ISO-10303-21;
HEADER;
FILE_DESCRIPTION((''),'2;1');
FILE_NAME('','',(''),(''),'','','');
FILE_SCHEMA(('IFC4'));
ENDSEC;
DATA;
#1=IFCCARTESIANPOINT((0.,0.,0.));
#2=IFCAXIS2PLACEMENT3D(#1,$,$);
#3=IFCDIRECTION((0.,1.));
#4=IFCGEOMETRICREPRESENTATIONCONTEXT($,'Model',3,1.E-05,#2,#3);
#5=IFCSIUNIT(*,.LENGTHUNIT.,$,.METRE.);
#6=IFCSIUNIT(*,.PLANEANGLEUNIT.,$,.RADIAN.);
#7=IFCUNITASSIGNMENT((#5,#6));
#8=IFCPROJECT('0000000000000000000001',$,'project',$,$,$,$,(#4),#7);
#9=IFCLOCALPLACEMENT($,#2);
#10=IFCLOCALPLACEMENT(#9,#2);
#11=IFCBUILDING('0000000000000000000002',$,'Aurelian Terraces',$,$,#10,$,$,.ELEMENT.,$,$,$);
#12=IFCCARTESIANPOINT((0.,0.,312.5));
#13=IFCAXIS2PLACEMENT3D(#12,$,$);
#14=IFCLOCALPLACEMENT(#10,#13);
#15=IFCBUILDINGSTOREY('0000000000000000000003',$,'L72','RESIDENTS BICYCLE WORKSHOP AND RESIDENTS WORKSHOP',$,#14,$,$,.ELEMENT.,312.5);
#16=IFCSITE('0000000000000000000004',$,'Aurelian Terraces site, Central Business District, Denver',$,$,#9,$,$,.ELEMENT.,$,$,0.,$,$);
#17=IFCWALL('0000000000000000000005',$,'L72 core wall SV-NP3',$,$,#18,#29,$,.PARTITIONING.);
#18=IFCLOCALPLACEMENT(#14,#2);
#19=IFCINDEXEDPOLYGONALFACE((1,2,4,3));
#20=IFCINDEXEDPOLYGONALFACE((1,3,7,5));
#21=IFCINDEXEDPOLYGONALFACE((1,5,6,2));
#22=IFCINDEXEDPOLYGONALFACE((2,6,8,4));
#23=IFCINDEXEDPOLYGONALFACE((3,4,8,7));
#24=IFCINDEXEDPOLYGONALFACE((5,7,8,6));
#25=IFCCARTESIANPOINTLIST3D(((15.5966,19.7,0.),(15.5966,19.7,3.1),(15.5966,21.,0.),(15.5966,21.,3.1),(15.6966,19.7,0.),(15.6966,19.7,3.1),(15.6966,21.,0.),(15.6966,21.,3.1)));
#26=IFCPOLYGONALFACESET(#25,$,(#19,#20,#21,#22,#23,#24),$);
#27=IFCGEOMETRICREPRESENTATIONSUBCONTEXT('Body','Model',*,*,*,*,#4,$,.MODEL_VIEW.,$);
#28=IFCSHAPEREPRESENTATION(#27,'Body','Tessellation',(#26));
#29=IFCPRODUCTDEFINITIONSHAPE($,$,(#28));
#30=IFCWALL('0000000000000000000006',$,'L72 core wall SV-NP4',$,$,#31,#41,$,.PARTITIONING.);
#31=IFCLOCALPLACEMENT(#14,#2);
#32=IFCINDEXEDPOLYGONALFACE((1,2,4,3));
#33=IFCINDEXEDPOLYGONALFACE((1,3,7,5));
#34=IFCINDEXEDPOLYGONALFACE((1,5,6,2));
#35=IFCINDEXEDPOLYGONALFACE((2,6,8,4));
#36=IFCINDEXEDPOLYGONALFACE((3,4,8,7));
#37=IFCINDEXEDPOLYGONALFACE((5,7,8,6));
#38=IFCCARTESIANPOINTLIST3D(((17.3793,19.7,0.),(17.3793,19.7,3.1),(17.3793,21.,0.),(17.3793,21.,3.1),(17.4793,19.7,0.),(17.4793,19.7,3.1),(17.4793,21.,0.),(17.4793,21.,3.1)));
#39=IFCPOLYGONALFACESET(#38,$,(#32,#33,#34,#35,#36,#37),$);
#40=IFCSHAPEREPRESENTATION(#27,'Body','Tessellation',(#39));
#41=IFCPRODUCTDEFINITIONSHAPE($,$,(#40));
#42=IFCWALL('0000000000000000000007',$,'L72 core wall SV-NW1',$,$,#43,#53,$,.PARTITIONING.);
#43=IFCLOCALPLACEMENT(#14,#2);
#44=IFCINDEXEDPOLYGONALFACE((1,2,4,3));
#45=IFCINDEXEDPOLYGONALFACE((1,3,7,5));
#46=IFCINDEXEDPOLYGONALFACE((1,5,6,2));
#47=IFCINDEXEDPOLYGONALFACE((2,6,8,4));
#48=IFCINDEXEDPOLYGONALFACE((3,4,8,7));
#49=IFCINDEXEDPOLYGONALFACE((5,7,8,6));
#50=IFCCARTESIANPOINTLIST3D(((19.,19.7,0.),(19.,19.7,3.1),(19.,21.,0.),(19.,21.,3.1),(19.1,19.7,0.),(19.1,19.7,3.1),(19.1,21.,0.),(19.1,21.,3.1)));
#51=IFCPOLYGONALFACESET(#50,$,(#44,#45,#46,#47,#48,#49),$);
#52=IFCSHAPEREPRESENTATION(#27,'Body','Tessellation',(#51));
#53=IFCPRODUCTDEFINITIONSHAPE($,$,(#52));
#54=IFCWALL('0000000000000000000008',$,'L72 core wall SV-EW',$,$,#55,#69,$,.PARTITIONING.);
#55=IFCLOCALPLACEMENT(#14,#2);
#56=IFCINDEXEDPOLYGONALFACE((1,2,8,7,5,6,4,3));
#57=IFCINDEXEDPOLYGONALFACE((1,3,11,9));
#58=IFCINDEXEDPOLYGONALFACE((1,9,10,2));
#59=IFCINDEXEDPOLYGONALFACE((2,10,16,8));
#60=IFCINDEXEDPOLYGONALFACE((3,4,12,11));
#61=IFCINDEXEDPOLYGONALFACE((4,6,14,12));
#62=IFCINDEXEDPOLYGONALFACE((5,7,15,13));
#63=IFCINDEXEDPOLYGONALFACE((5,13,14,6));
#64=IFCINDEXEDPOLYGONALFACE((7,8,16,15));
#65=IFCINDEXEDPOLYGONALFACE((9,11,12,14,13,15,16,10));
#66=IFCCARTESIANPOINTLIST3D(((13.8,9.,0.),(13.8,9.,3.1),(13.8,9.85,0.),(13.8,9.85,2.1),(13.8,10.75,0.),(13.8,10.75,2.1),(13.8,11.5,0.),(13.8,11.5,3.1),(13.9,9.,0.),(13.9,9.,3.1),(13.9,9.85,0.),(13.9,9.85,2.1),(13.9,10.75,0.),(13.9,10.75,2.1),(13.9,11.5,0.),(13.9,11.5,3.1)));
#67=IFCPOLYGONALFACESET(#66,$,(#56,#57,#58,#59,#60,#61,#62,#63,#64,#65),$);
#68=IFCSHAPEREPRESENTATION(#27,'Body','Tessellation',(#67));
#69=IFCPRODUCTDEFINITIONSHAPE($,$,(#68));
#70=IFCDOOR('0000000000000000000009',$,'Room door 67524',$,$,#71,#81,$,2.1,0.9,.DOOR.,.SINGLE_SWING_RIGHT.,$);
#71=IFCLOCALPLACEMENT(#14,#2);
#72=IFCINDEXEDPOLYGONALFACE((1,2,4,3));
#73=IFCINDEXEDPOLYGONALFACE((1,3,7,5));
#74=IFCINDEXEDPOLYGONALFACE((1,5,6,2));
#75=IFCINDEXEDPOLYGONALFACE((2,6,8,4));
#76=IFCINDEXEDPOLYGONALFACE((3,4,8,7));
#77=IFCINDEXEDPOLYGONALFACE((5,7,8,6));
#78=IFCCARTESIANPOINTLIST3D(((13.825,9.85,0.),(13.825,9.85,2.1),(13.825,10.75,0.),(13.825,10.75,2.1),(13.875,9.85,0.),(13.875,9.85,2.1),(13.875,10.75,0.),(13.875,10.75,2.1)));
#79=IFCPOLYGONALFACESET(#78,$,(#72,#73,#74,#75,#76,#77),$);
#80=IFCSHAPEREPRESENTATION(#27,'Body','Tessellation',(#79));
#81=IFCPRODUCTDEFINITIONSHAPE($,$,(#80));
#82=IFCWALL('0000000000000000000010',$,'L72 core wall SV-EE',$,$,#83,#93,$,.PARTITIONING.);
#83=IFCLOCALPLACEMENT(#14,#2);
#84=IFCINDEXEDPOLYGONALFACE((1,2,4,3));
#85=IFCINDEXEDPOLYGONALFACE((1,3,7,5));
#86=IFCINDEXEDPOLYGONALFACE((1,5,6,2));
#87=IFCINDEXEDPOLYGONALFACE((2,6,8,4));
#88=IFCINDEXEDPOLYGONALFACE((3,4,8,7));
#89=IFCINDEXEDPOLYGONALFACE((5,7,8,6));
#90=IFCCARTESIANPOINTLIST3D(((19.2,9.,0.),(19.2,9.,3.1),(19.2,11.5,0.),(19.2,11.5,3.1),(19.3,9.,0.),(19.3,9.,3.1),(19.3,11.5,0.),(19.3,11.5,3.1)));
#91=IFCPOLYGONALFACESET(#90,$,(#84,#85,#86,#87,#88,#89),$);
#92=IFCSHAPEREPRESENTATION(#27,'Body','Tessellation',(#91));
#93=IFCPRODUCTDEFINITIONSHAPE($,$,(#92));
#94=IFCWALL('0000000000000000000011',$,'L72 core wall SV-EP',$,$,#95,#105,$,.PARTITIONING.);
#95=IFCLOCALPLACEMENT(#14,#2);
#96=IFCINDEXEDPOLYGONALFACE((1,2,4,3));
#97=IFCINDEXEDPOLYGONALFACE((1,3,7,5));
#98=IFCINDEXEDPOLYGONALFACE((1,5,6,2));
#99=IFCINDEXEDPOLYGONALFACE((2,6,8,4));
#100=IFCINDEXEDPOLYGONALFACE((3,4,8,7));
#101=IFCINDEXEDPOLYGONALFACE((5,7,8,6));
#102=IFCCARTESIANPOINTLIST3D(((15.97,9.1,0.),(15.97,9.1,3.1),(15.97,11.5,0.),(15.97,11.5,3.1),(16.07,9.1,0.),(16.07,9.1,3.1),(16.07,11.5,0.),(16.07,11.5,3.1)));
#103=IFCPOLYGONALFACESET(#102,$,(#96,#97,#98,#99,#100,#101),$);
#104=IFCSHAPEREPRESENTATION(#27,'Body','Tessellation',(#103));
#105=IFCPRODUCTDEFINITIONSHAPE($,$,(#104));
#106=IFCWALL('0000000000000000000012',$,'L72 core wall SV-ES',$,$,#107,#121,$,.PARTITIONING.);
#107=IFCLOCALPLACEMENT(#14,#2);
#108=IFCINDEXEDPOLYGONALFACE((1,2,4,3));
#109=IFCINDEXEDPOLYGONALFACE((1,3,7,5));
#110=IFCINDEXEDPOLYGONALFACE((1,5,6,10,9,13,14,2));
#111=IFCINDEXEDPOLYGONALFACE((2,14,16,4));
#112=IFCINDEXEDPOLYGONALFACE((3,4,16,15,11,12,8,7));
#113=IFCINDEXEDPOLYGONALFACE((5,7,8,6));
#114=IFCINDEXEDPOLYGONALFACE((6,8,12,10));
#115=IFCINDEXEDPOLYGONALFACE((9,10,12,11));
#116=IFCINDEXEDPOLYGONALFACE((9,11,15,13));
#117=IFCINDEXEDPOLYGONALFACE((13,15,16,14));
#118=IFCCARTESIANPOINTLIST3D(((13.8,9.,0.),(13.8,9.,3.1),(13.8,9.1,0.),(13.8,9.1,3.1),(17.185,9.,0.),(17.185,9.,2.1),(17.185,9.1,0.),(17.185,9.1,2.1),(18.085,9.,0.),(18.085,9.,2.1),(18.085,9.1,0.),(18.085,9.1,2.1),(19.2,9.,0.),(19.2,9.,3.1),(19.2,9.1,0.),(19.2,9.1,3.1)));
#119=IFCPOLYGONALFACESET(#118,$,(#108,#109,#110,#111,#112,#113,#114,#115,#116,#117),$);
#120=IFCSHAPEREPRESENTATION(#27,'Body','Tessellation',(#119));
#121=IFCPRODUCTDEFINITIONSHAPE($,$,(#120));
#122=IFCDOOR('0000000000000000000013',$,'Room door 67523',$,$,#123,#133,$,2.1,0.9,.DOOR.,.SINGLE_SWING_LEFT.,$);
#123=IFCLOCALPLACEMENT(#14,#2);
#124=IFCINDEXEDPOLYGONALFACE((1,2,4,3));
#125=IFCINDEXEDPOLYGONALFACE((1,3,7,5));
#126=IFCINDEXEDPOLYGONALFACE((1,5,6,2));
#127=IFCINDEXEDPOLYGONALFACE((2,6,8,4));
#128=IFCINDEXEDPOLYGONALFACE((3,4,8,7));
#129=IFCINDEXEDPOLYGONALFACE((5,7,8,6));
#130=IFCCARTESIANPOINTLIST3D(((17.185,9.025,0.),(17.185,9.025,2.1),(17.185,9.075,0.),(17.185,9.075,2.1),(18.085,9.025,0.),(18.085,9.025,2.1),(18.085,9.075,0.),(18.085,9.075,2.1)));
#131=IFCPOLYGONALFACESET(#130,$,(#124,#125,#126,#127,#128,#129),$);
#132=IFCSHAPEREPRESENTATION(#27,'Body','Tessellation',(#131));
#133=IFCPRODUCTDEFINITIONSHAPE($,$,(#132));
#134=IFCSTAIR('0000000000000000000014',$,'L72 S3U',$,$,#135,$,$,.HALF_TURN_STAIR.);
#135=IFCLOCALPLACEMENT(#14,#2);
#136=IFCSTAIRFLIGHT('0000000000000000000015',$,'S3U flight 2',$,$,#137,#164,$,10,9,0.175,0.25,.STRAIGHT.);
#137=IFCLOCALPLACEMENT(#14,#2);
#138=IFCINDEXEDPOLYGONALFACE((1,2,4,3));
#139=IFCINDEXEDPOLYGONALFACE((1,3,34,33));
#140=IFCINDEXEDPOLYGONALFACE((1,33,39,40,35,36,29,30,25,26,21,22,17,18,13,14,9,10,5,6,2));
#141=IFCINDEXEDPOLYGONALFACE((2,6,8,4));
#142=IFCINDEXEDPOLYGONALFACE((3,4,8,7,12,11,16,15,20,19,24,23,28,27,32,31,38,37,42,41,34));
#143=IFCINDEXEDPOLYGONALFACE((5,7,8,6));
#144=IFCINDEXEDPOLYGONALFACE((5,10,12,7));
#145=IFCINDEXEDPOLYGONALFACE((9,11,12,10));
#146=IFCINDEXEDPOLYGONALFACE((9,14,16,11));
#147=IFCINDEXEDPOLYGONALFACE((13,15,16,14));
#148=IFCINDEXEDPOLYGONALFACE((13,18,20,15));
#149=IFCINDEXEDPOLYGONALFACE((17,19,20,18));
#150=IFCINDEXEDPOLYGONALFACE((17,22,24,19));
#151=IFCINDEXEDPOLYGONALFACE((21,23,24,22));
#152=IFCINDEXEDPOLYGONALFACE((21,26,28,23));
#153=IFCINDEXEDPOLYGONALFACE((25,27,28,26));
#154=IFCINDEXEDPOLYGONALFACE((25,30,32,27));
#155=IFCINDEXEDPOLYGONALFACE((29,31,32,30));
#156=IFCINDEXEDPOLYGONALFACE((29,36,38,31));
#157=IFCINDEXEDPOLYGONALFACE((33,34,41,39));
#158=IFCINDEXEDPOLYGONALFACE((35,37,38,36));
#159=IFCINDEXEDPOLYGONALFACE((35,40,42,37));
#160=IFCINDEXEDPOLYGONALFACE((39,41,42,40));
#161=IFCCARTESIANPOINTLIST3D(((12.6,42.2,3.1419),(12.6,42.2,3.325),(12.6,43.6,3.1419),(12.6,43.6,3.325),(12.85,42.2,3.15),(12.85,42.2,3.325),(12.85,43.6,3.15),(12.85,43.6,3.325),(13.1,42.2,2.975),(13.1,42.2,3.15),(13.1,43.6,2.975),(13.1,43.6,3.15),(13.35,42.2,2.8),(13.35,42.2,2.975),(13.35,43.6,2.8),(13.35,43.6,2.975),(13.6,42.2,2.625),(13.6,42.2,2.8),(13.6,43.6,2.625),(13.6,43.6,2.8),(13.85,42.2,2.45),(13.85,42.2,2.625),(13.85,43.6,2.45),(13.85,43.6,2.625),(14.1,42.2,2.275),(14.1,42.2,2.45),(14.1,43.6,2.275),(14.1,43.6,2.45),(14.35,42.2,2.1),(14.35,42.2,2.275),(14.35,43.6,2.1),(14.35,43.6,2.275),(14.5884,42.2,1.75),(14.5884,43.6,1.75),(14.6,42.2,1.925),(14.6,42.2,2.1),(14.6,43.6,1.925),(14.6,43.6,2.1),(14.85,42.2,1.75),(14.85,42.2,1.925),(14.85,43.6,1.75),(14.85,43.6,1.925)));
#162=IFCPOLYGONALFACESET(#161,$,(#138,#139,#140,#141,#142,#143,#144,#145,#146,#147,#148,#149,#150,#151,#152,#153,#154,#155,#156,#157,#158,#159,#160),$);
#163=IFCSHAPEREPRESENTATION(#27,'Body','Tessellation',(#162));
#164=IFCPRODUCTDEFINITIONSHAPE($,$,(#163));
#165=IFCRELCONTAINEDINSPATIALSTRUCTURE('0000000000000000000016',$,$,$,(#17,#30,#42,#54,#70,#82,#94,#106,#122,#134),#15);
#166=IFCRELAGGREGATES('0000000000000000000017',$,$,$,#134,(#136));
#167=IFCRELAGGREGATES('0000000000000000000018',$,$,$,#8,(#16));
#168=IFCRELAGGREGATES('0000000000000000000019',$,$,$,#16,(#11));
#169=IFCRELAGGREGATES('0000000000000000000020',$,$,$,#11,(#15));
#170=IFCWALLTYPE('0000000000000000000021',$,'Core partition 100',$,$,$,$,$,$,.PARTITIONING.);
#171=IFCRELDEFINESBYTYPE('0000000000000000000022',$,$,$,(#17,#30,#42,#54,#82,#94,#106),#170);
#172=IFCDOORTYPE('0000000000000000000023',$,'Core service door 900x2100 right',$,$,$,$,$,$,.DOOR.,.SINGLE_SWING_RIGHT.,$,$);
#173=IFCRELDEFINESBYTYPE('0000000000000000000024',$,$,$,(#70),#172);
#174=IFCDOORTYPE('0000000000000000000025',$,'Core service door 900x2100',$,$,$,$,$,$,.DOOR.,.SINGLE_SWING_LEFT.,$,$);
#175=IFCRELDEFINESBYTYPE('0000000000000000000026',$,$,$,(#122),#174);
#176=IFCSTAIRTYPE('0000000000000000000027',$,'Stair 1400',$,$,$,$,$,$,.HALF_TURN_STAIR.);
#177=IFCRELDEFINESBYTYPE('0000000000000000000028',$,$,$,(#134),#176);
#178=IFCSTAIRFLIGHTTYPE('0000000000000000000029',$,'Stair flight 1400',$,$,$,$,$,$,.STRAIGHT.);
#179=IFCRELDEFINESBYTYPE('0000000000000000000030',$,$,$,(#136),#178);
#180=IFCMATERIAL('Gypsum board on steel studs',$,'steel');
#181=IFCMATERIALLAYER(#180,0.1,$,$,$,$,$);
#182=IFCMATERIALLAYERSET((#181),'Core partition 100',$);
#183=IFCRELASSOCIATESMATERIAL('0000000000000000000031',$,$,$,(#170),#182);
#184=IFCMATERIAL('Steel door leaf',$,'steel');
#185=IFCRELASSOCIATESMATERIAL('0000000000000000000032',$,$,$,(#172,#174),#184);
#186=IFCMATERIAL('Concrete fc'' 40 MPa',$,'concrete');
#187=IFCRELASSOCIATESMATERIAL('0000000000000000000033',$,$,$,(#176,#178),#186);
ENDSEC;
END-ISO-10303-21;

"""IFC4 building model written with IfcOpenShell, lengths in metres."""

from ifc_helpers import new_model, si_unit, direction, frame, frame_2d, origin, place, context, subcontext, project, spatial, polyline, rectangle, outline, extrude, source, transform, mapped, material, layer, layer_set, type_object, element, fill, aggregate, save


model = new_model("IFC4")

# Units and contexts
model_context = context("Model", 3, precision=1e-05, world=origin(), true_north=direction((0.0, 1.0)))
body_context = subcontext(model_context, "Body", "Model", "MODEL_VIEW")
ifc_project = project(units=[si_unit("LENGTHUNIT", "METRE"), si_unit("PLANEANGLEUNIT", "RADIAN")], contexts=[model_context])

# Site, building, storey
site_placement = place(None, origin())
site = spatial("IfcSite", under=ifc_project, at=site_placement, Name="Aurelian Terraces site, Central Business District, Denver", CompositionType="ELEMENT", RefElevation=0.0)
building_placement = place(site_placement, origin())
building = spatial("IfcBuilding", under=site, at=building_placement, Name="Aurelian Terraces", CompositionType="ELEMENT")
storey_placement = place(building_placement, frame((0.0, 0.0, 312.5)))
storey = spatial("IfcBuildingStorey", under=building, at=storey_placement, Name="L72", Description="RESIDENTS BICYCLE WORKSHOP AND RESIDENTS WORKSHOP", CompositionType="ELEMENT", Elevation=312.5)

# Shared definitions
ifc_material_1 = material(Name="Concrete fc' 40 MPa", Category="concrete")

# Shared definitions
ifc_material_2 = material(Name="Gypsum board on steel studs", Category="steel")

# Shared definitions
ifc_material_3 = material(Name="Steel door leaf", Category="steel")
shared_shape_1 = source(origin(), body_context, "Body", "SweptSolid", [
    extrude(rectangle(XDim=0.9, YDim=2.1, at=frame_2d((0.45, 1.05))), frame((0.0, 0.025, 0.0), z_axis=(0.0, -1.0, 0.0), x_axis=(1.0, 0.0, 0.0)), (0.0, 0.0, 1.0), 0.05),
])

# Walls
ifc_layer_1 = layer(ifc_material_2, 0.1)
ifc_layer_set_1 = layer_set([ifc_layer_1], Name="Core partition 100")
wall_type_1 = type_object("IfcWallType", Name="Core partition 100", PredefinedType="PARTITIONING", material=ifc_layer_set_1)
shared_shape_2 = source(origin(), body_context, "Body", "SweptSolid", [
    extrude(rectangle(XDim=1.3, YDim=0.1, at=frame_2d((0.65, 0.0))), origin(), (0.0, 0.0, 1.0), 3.1),
])
for number, where, z_axis, x_axis, name in (
    (1, (15.6466, 19.7, 0.0), (0.0, 0.0, 1.0), (0.0, 1.0, 0.0), "L72 core wall SV-NP3"),
    (2, (17.4293, 19.7, 0.0), (0.0, 0.0, 1.0), (0.0, 1.0, 0.0), "L72 core wall SV-NP4"),
    (3, (19.05, 19.7, 0.0), (0.0, 0.0, 1.0), (0.0, 1.0, 0.0), "L72 core wall SV-NW1"),
):
    element("IfcWall", number, at=place(storey_placement, frame(where, z_axis=z_axis, x_axis=x_axis)), inside=storey, type_object=wall_type_1, Name=name, PredefinedType="PARTITIONING", context=body_context, shape_type="MappedRepresentation", body=[
        mapped(shared_shape_2, transform((0.0, 0.0, 0.0), scale=1.0)),
    ])

# Wall, opening, door
shared_shape_3 = source(origin(), body_context, "Body", "SweptSolid", [
    extrude(rectangle(XDim=2.5, YDim=0.1, at=frame_2d((1.25, 0.0))), origin(), (0.0, 0.0, 1.0), 3.1),
])
wall_1_placement = place(storey_placement, frame((13.85, 9.0, 0.0), z_axis=(0.0, 0.0, 1.0), x_axis=(0.0, 1.0, 0.0)))
wall_1 = element("IfcWall", 4, at=wall_1_placement, inside=storey, type_object=wall_type_1, Name="L72 core wall SV-EW", PredefinedType="PARTITIONING", context=body_context, shape_type="MappedRepresentation", body=[
    mapped(shared_shape_3, transform((0.0, 0.0, 0.0), scale=1.0)),
])
shared_shape_4 = source(origin(), body_context, "Body", "SweptSolid", [
    extrude(rectangle(XDim=0.9, YDim=2.1, at=frame_2d((0.45, 1.05))), frame((0.0, 0.06, 0.0), z_axis=(0.0, -1.0, 0.0), x_axis=(1.0, 0.0, 0.0)), (0.0, 0.0, 1.0), 0.12),
])
opening_1_placement = place(wall_1_placement, frame((0.85, 0.0, 0.0)))
opening_1 = element("IfcOpeningElement", 5, at=opening_1_placement, cuts=wall_1, PredefinedType="OPENING", context=body_context, shape_type="MappedRepresentation", body=[
    mapped(shared_shape_4, transform((0.0, 0.0, 0.0), scale=1.0)),
])
door_type_1 = type_object("IfcDoorType", Name="Core service door 900x2100 right", OperationType="SINGLE_SWING_RIGHT", PredefinedType="DOOR", material=ifc_material_3)
door_1_placement = place(opening_1_placement, origin())
door_1 = element("IfcDoor", 6, at=door_1_placement, inside=storey, type_object=door_type_1, Name="Room door 67524", OperationType="SINGLE_SWING_RIGHT", OverallHeight=2.1, OverallWidth=0.9, PredefinedType="DOOR", context=body_context, shape_type="MappedRepresentation", body=[
    mapped(shared_shape_1, transform((0.0, 0.0, 0.0), scale=1.0)),
])
fill(opening_1, door_1)

# Walls
wall_2_placement = place(storey_placement, frame((19.25, 9.0, 0.0), z_axis=(0.0, 0.0, 1.0), x_axis=(0.0, 1.0, 0.0)))
element("IfcWall", 7, at=wall_2_placement, inside=storey, type_object=wall_type_1, Name="L72 core wall SV-EE", PredefinedType="PARTITIONING", context=body_context, shape_type="MappedRepresentation", body=[
    mapped(shared_shape_3, transform((0.0, 0.0, 0.0), scale=1.0)),
])
shared_shape_5 = source(origin(), body_context, "Body", "SweptSolid", [
    extrude(rectangle(XDim=2.4, YDim=0.1, at=frame_2d((1.2, 0.0))), origin(), (0.0, 0.0, 1.0), 3.1),
])
wall_3_placement = place(storey_placement, frame((16.02, 9.1, 0.0), z_axis=(0.0, 0.0, 1.0), x_axis=(0.0, 1.0, 0.0)))
element("IfcWall", 8, at=wall_3_placement, inside=storey, type_object=wall_type_1, Name="L72 core wall SV-EP", PredefinedType="PARTITIONING", context=body_context, shape_type="MappedRepresentation", body=[
    mapped(shared_shape_5, transform((0.0, 0.0, 0.0), scale=1.0)),
])

# Wall, opening, door
shared_shape_6 = source(origin(), body_context, "Body", "SweptSolid", [
    extrude(rectangle(XDim=5.4, YDim=0.1, at=frame_2d((2.7, 0.0))), origin(), (0.0, 0.0, 1.0), 3.1),
])
wall_4_placement = place(storey_placement, frame((13.8, 9.05, 0.0), z_axis=(0.0, 0.0, 1.0), x_axis=(1.0, 0.0, 0.0)))
wall_4 = element("IfcWall", 9, at=wall_4_placement, inside=storey, type_object=wall_type_1, Name="L72 core wall SV-ES", PredefinedType="PARTITIONING", context=body_context, shape_type="MappedRepresentation", body=[
    mapped(shared_shape_6, transform((0.0, 0.0, 0.0), scale=1.0)),
])
opening_2_placement = place(wall_4_placement, frame((3.385, 0.0, 0.0)))
opening_2 = element("IfcOpeningElement", 10, at=opening_2_placement, cuts=wall_4, PredefinedType="OPENING", context=body_context, shape_type="MappedRepresentation", body=[
    mapped(shared_shape_4, transform((0.0, 0.0, 0.0), scale=1.0)),
])
door_type_2 = type_object("IfcDoorType", Name="Core service door 900x2100", OperationType="SINGLE_SWING_LEFT", PredefinedType="DOOR", material=ifc_material_3)
door_2_placement = place(opening_2_placement, origin())
door_2 = element("IfcDoor", 11, at=door_2_placement, inside=storey, type_object=door_type_2, Name="Room door 67523", OperationType="SINGLE_SWING_LEFT", OverallHeight=2.1, OverallWidth=0.9, PredefinedType="DOOR", context=body_context, shape_type="MappedRepresentation", body=[
    mapped(shared_shape_1, transform((0.0, 0.0, 0.0), scale=1.0)),
])
fill(opening_2, door_2)

# Stair, stair flight
stair_type = type_object("IfcStairType", Name="Stair 1400", PredefinedType="HALF_TURN_STAIR", material=ifc_material_1)
stair_placement = place(storey_placement, origin())
stair = element("IfcStair", 12, at=stair_placement, inside=storey, type_object=stair_type, Name="L72 S3U", PredefinedType="HALF_TURN_STAIR")
stair_flight_type = type_object("IfcStairFlightType", Name="Stair flight 1400", PredefinedType="STRAIGHT", material=ifc_material_1)
shared_shape_7 = source(origin(), body_context, "Body", "SweptSolid", [
    extrude(outline(polyline([(0.0, 0.0), (0.0, 0.175), (0.25, 0.175), (0.25, 0.35), (0.5, 0.35), (0.5, 0.525), (0.75, 0.525), (0.75, 0.7), (1.0, 0.7), (1.0, 0.875), (1.25, 0.875), (1.25, 1.05), (1.5, 1.05), (1.5, 1.225), (1.75, 1.225), (1.75, 1.4), (2.0, 1.4), (2.0, 1.575), (2.25, 1.575), (2.25, 1.75), (2.25, 1.3919), (0.2616, 0.0), (0.0, 0.0)])), frame((0.0, 0.7, 0.0), z_axis=(0.0, -1.0, 0.0), x_axis=(1.0, 0.0, 0.0)), (0.0, 0.0, 1.0), 1.4),
])
stair_flight_placement = place(storey_placement, frame((14.85, 42.9, 1.75), z_axis=(0.0, 0.0, 1.0), x_axis=(-1.0, 0.0, 0.0)))
stair_flight = element("IfcStairFlight", 13, at=stair_flight_placement, type_object=stair_flight_type, Name="S3U flight 2", NumberOfRisers=10, NumberOfTreads=9, PredefinedType="STRAIGHT", RiserHeight=0.175, TreadLength=0.25, context=body_context, shape_type="MappedRepresentation", body=[
    mapped(shared_shape_7, transform((0.0, 0.0, 0.0), scale=1.0)),
])
aggregate(stair, [stair_flight])

save(model, "model.ifc")
